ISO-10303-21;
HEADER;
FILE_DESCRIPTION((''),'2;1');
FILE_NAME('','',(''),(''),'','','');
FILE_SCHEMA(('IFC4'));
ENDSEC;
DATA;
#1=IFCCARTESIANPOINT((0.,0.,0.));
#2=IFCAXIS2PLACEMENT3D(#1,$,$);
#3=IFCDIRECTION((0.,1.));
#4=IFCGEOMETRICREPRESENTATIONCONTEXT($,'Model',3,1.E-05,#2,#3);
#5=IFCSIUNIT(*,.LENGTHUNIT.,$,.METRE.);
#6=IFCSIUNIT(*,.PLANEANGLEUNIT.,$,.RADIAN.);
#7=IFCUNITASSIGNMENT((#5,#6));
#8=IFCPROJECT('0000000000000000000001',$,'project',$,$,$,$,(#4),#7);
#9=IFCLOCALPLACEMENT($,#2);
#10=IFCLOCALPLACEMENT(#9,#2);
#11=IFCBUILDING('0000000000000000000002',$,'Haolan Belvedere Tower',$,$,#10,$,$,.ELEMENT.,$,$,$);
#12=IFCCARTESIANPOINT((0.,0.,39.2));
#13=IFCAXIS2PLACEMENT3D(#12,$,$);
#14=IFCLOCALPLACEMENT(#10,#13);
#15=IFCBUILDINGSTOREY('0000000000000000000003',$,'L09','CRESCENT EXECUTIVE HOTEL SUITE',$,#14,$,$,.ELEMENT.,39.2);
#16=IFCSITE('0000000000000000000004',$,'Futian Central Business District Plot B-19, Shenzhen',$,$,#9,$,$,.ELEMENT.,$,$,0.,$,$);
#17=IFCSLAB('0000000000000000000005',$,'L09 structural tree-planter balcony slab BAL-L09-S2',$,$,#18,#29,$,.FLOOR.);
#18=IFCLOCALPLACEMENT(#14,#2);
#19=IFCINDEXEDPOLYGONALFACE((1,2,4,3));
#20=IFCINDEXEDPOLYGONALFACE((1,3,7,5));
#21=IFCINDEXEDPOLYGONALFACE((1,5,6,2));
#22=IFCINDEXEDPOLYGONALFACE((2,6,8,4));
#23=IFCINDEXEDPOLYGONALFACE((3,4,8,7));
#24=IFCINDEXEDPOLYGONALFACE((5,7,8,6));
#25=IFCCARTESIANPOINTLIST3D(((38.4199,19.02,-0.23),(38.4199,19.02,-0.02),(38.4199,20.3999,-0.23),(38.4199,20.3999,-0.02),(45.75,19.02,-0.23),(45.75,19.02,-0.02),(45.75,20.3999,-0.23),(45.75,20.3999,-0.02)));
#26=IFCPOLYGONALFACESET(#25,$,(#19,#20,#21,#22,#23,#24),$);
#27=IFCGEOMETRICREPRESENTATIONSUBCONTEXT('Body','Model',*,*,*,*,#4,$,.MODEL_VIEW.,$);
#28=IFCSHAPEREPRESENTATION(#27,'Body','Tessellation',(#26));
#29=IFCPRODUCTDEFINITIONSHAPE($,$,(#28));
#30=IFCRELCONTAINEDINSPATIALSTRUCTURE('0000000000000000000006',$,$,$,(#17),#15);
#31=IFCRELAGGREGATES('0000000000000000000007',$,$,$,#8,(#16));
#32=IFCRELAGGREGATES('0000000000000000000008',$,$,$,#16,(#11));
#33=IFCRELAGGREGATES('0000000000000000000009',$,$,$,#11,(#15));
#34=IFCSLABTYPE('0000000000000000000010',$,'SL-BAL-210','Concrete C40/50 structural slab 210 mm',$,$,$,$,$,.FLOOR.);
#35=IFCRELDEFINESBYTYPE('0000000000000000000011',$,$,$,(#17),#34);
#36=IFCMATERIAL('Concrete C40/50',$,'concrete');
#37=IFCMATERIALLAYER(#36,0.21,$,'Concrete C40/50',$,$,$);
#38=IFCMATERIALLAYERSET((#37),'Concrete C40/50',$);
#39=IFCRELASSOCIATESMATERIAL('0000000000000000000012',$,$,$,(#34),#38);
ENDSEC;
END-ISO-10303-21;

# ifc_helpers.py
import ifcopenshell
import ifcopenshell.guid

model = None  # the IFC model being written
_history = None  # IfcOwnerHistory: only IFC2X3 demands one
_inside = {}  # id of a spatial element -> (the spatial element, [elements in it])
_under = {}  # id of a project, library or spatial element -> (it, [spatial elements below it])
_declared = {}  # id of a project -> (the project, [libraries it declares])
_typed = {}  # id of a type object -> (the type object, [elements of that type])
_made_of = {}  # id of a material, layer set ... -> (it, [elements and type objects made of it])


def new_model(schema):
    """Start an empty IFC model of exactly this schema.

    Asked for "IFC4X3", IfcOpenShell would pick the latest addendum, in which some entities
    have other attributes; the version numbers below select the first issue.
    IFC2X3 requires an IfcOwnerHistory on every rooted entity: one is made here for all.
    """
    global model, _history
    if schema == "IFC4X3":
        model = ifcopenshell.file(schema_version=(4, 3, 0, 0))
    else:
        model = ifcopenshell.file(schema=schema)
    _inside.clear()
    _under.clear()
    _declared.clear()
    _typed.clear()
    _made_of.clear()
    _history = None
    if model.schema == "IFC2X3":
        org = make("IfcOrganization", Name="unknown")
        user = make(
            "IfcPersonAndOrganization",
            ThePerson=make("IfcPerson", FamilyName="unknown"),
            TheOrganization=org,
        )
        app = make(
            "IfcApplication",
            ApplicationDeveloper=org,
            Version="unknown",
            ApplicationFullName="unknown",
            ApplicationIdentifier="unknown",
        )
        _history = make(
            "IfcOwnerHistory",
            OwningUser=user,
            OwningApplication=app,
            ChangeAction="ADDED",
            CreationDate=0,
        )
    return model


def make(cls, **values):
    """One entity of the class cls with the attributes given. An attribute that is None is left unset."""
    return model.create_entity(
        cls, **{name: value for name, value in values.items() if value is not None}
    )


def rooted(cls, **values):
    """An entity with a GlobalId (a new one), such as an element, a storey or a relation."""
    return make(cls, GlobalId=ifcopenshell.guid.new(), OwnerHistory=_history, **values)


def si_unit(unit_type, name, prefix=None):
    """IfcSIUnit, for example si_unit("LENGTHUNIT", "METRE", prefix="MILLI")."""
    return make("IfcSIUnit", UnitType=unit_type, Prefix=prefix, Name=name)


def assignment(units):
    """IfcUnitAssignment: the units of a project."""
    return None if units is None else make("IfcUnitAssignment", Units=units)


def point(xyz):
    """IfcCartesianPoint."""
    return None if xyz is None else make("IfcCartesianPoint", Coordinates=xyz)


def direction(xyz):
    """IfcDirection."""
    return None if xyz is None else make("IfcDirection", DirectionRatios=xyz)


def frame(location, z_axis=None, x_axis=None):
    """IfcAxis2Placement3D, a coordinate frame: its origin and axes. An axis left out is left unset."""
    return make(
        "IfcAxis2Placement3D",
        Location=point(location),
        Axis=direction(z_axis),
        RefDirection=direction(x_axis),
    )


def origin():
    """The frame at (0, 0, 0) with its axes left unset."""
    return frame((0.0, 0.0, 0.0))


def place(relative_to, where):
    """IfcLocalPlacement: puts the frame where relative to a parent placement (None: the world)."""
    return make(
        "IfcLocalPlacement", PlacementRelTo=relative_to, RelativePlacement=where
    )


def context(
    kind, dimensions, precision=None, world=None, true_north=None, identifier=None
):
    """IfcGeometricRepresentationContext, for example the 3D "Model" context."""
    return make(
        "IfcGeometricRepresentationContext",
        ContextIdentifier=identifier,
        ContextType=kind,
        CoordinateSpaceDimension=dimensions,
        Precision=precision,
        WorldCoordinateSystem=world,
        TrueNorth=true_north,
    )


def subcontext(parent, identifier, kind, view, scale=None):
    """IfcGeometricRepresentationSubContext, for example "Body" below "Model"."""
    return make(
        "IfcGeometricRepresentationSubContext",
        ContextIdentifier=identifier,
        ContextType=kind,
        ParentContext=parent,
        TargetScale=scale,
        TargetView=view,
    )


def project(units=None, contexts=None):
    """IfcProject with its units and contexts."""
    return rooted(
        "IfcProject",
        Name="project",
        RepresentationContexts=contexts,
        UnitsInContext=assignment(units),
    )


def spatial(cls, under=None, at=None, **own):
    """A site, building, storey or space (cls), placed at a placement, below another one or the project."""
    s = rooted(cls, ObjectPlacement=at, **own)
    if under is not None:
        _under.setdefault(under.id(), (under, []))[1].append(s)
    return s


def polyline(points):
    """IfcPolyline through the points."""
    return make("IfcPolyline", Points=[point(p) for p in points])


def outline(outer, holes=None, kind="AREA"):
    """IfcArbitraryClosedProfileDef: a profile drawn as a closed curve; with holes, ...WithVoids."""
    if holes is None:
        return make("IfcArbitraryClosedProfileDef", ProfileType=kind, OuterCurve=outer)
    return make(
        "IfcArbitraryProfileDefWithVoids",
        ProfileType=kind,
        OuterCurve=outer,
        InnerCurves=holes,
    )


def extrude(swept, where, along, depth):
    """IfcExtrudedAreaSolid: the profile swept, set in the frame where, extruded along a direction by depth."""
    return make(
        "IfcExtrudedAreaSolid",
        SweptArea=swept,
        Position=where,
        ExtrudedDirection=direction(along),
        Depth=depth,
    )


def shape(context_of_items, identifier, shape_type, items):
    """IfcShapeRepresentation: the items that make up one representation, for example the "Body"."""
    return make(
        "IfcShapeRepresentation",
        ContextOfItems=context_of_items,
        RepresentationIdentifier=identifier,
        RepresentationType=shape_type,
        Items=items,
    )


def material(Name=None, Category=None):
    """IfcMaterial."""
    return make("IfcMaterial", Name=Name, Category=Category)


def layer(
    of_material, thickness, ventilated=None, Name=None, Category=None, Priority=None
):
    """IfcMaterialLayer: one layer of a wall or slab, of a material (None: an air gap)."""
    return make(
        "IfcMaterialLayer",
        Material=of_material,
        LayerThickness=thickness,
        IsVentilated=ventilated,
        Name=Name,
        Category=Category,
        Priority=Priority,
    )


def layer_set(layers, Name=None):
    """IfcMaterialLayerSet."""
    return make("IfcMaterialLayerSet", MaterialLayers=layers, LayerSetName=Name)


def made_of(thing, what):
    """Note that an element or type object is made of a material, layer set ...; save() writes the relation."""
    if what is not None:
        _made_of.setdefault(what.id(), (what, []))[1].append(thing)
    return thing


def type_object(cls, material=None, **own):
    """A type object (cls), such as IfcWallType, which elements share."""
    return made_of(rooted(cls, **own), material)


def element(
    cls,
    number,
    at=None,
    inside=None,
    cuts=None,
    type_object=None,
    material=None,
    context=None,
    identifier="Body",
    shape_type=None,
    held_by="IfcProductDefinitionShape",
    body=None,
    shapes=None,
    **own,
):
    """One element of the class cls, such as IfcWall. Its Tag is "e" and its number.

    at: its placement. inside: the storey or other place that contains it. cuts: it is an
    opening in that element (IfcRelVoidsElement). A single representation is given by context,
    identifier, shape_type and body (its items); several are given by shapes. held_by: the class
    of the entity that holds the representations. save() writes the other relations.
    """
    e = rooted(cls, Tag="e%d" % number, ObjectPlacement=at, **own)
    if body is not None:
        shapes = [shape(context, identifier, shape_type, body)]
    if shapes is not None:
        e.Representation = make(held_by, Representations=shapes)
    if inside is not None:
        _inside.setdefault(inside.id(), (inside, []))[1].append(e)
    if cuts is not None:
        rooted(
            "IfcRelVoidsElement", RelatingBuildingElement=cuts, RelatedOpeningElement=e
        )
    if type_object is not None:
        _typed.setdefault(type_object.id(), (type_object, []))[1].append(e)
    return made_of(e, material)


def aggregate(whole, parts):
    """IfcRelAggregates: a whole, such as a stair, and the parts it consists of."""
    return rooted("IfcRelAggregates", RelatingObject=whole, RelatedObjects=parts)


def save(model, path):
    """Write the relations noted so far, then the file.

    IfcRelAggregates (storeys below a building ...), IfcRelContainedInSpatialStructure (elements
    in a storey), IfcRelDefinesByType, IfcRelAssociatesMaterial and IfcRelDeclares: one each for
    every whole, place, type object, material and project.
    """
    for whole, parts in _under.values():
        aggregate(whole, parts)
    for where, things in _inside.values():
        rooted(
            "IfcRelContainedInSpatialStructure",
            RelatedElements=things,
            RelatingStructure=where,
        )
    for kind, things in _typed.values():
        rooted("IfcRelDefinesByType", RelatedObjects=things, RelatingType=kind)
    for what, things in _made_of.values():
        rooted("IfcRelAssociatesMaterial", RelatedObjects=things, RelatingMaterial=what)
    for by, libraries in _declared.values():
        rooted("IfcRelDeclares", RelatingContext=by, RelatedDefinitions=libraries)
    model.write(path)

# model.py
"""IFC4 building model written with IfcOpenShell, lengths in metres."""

from ifc_helpers import new_model, si_unit, direction, frame, origin, place, context, subcontext, project, spatial, polyline, outline, extrude, material, layer, layer_set, type_object, element, save


model = new_model("IFC4")

# Units and contexts
model_context = context("Model", 3, precision=1e-05, world=origin(), true_north=direction((0.0, 1.0)))
body_context = subcontext(model_context, "Body", "Model", "MODEL_VIEW")
ifc_project = project(units=[si_unit("LENGTHUNIT", "METRE"), si_unit("PLANEANGLEUNIT", "RADIAN")], contexts=[model_context])

# Site, building, storey
site_placement = place(None, origin())
site = spatial("IfcSite", under=ifc_project, at=site_placement, Name="Futian Central Business District Plot B-19, Shenzhen", CompositionType="ELEMENT", RefElevation=0.0)
building_placement = place(site_placement, origin())
building = spatial("IfcBuilding", under=site, at=building_placement, Name="Haolan Belvedere Tower", CompositionType="ELEMENT")
storey_placement = place(building_placement, frame((0.0, 0.0, 39.2)))
storey = spatial("IfcBuildingStorey", under=building, at=storey_placement, Name="L09", Description="CRESCENT EXECUTIVE HOTEL SUITE", CompositionType="ELEMENT", Elevation=39.2)

# Slab
ifc_material_1 = material(Name="Concrete C40/50", Category="concrete")
ifc_layer_1 = layer(ifc_material_1, 0.21, Name="Concrete C40/50")
ifc_layer_set_1 = layer_set([ifc_layer_1], Name="Concrete C40/50")
slab_type_1 = type_object("IfcSlabType", Name="SL-BAL-210", Description="Concrete C40/50 structural slab 210 mm", PredefinedType="FLOOR", material=ifc_layer_set_1)
slab_1_placement = place(storey_placement, frame((0.0, 0.0, -0.23)))
element("IfcSlab", 1, at=slab_1_placement, inside=storey, type_object=slab_type_1, Name="L09 structural tree-planter balcony slab BAL-L09-S2", PredefinedType="FLOOR", context=body_context, shape_type="SweptSolid", body=[
    extrude(outline(polyline([(38.4199, 19.02), (45.75, 19.02), (45.75, 20.3999), (38.4199, 20.3999), (38.4199, 19.02)])), origin(), (0.0, 0.0, 1.0), 0.21),
])

save(model, "model.ifc")
